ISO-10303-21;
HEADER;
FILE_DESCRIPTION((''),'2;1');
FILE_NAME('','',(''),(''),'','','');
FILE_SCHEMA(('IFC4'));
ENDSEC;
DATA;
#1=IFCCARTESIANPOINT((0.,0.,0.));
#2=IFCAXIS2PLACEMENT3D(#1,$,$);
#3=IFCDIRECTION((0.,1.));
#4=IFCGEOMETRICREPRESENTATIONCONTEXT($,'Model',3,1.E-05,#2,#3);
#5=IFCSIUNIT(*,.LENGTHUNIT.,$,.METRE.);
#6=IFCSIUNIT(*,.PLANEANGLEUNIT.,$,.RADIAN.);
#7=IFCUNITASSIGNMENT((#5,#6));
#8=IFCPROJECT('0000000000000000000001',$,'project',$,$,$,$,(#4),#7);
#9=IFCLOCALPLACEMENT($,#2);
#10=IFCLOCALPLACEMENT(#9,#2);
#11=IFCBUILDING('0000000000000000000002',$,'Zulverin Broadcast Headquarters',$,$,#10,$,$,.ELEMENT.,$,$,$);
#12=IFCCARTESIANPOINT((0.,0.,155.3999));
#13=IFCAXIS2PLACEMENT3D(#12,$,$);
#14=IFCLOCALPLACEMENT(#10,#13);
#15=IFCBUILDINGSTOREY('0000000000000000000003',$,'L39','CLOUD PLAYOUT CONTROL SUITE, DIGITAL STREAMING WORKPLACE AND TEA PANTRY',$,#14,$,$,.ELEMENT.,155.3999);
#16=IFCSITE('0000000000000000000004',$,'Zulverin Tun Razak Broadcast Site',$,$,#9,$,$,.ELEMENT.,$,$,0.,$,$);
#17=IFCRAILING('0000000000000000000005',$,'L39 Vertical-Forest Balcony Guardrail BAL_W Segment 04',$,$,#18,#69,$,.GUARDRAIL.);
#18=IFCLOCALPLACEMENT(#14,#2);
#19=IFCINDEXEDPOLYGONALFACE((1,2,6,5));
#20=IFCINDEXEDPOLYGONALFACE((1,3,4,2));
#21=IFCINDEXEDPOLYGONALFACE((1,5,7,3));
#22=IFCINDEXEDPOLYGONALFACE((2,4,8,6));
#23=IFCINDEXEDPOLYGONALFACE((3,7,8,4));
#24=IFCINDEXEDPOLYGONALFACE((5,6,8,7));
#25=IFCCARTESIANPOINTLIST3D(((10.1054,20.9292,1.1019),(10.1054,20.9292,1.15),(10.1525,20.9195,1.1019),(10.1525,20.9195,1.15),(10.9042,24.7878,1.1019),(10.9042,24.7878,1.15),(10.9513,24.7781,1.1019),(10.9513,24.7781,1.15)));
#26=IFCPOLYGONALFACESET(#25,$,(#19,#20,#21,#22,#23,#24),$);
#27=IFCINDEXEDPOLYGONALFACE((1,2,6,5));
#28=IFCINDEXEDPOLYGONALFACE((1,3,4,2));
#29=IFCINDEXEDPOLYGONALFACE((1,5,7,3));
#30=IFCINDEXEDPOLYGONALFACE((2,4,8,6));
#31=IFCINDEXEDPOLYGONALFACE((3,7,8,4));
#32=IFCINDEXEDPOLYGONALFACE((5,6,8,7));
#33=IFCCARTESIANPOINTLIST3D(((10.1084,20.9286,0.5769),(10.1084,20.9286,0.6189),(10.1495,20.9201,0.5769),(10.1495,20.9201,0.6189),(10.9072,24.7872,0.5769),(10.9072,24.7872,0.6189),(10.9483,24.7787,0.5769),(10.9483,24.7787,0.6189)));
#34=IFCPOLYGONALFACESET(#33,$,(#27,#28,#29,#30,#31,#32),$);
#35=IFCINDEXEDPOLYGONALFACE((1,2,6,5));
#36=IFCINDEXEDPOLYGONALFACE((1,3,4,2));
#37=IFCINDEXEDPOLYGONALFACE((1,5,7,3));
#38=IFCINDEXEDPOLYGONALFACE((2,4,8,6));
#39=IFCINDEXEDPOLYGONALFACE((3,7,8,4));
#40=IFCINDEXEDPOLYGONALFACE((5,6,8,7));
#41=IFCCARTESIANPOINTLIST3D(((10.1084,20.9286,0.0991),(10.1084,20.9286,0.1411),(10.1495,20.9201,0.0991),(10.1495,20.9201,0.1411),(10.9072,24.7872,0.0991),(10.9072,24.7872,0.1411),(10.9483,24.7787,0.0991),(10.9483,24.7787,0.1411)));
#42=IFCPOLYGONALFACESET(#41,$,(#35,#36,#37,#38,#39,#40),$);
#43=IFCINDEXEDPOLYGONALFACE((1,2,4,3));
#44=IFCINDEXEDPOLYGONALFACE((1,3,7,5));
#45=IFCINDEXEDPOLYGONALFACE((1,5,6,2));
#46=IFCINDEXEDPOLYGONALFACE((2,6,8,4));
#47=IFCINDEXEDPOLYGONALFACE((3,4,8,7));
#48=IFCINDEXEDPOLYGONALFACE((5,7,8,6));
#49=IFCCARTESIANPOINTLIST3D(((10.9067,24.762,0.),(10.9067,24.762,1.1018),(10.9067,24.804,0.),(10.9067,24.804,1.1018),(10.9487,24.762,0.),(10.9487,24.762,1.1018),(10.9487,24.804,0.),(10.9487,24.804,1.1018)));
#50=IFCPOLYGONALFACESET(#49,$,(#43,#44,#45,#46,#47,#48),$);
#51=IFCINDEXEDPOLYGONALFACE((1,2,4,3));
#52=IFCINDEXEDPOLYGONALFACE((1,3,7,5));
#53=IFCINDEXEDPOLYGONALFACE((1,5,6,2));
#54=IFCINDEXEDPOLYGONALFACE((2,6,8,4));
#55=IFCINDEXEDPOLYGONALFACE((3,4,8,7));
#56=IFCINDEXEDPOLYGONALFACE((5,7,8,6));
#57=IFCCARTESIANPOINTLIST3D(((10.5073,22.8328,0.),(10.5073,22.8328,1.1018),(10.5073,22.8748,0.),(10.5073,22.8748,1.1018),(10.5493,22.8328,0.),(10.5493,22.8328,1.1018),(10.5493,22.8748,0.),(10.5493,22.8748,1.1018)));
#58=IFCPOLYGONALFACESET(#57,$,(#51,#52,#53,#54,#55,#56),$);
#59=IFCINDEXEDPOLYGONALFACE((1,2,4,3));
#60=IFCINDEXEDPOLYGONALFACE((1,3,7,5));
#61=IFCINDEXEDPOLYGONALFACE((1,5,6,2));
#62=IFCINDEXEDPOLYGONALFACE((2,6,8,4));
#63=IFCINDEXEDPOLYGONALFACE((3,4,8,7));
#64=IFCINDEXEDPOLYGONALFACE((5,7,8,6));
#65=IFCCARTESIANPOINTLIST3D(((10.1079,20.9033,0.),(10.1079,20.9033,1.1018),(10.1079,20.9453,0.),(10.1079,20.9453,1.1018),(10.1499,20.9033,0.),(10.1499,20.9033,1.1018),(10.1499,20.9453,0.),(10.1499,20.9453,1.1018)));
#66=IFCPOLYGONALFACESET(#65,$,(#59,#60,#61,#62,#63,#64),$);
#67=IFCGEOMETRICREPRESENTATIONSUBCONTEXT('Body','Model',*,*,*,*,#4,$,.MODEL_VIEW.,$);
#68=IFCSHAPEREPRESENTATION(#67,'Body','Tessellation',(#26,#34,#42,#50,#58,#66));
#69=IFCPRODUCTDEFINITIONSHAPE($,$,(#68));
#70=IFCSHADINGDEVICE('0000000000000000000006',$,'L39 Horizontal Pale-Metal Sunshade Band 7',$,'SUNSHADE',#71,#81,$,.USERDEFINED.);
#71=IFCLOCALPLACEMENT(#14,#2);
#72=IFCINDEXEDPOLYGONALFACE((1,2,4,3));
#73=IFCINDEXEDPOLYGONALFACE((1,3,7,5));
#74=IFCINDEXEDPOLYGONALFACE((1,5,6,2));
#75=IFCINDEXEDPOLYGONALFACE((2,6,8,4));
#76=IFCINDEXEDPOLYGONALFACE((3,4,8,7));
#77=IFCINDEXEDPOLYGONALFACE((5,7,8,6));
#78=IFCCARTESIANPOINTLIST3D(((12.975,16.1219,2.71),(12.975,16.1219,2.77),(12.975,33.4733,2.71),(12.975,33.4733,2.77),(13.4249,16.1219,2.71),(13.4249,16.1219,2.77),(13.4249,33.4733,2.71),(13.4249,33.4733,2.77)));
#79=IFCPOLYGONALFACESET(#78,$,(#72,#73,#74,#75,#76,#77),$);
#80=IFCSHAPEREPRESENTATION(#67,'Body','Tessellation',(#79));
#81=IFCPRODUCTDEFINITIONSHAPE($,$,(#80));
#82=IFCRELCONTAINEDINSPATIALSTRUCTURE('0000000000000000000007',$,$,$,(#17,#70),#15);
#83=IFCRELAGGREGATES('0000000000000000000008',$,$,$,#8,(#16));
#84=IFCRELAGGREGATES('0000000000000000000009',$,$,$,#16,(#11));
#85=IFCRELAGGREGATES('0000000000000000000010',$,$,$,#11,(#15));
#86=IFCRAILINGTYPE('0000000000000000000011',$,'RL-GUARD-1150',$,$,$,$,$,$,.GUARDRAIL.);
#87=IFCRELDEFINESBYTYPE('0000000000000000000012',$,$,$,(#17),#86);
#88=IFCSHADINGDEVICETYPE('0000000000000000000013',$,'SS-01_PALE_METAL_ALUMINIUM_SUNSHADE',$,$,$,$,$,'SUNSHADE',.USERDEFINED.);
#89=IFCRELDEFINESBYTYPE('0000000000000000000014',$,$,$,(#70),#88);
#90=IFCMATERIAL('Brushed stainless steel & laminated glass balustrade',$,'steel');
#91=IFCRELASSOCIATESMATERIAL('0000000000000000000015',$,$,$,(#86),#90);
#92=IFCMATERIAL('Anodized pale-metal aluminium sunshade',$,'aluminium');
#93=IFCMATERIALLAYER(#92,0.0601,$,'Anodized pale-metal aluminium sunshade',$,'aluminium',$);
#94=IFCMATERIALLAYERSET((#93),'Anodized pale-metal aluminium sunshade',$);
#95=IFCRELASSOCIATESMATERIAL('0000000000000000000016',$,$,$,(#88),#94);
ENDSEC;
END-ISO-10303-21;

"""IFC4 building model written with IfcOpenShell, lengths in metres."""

from ifc_helpers import new_model, si_unit, direction, frame, origin, origin_2d, place, context, subcontext, project, spatial, rectangle, extrude, material, layer, layer_set, type_object, element, save


model = new_model("IFC4")

# Units and contexts
model_context = context("Model", 3, precision=1e-05, world=origin(), true_north=direction((0.0, 1.0)))
body_context = subcontext(model_context, "Body", "Model", "MODEL_VIEW")
ifc_project = project(units=[si_unit("LENGTHUNIT", "METRE"), si_unit("PLANEANGLEUNIT", "RADIAN")], contexts=[model_context])

# Site, building, storey
site_placement = place(None, origin())
site = spatial("IfcSite", under=ifc_project, at=site_placement, Name="Zulverin Tun Razak Broadcast Site", CompositionType="ELEMENT", RefElevation=0.0)
building_placement = place(site_placement, origin())
building = spatial("IfcBuilding", under=site, at=building_placement, Name="Zulverin Broadcast Headquarters", CompositionType="ELEMENT")
storey_placement = place(building_placement, frame((0.0, 0.0, 155.3999)))
storey = spatial("IfcBuildingStorey", under=building, at=storey_placement, Name="L39", Description="CLOUD PLAYOUT CONTROL SUITE, DIGITAL STREAMING WORKPLACE AND TEA PANTRY", CompositionType="ELEMENT", Elevation=155.3999)

# Railing
ifc_material_1 = material(Name="Brushed stainless steel & laminated glass balustrade", Category="steel")
railing_type = type_object("IfcRailingType", Name="RL-GUARD-1150", PredefinedType="GUARDRAIL", material=ifc_material_1)
railing_1_placement = place(storey_placement, frame((10.9277, 24.783, 0.0)))
element("IfcRailing", 1, at=railing_1_placement, inside=storey, type_object=railing_type, Name="L39 Vertical-Forest Balcony Guardrail BAL_W Segment 04", PredefinedType="GUARDRAIL", context=body_context, shape_type="SweptSolid", body=[
    extrude(rectangle(XDim=0.0481, YDim=0.0481, at=origin_2d()), frame((0.0, 0.0, 1.126), z_axis=(-0.202724, -0.979236, 0.0), x_axis=(0.979236, -0.202724, 0.0)), (0.0, 0.0, 1.0), 3.9404),
    extrude(rectangle(XDim=0.042, YDim=0.042, at=origin_2d()), frame((0.0, 0.0, 0.5979), z_axis=(-0.202724, -0.979236, 0.0), x_axis=(0.979236, -0.202724, 0.0)), (0.0, 0.0, 1.0), 3.9404),
    extrude(rectangle(XDim=0.042, YDim=0.042, at=origin_2d()), frame((0.0, 0.0, 0.1201), z_axis=(-0.202724, -0.979236, 0.0), x_axis=(0.979236, -0.202724, 0.0)), (0.0, 0.0, 1.0), 3.9404),
    extrude(rectangle(XDim=0.042, YDim=0.042, at=origin_2d()), origin(), (0.0, 0.0, 1.0), 1.1018),
    extrude(rectangle(XDim=0.042, YDim=0.042, at=origin_2d()), frame((-0.3994, -1.9292, 0.0)), (0.0, 0.0, 1.0), 1.1018),
    extrude(rectangle(XDim=0.042, YDim=0.042, at=origin_2d()), frame((-0.7988, -3.8586, 0.0)), (0.0, 0.0, 1.0), 1.1018),
])

# Shading device
ifc_material_2 = material(Name="Anodized pale-metal aluminium sunshade", Category="aluminium")
ifc_layer_1 = layer(ifc_material_2, 0.0601, Name="Anodized pale-metal aluminium sunshade", Category="aluminium")
ifc_layer_set_1 = layer_set([ifc_layer_1], Name="Anodized pale-metal aluminium sunshade")
shading_device_type = type_object("IfcShadingDeviceType", Name="SS-01_PALE_METAL_ALUMINIUM_SUNSHADE", ElementType="SUNSHADE", PredefinedType="USERDEFINED", material=ifc_layer_set_1)
shading_device_placement = place(storey_placement, frame((13.2, 24.7976, 2.71), z_axis=(0.0, 0.0, 1.0), x_axis=(0.0, -1.0, 0.0)))
element("IfcShadingDevice", 2, at=shading_device_placement, inside=storey, type_object=shading_device_type, Name="L39 Horizontal Pale-Metal Sunshade Band 7", ObjectType="SUNSHADE", PredefinedType="USERDEFINED", context=body_context, shape_type="SweptSolid", body=[
    extrude(rectangle(XDim=17.3513, YDim=0.45, at=origin_2d()), origin(), (0.0, 0.0, 1.0), 0.0601),
])

save(model, "model.ifc")
